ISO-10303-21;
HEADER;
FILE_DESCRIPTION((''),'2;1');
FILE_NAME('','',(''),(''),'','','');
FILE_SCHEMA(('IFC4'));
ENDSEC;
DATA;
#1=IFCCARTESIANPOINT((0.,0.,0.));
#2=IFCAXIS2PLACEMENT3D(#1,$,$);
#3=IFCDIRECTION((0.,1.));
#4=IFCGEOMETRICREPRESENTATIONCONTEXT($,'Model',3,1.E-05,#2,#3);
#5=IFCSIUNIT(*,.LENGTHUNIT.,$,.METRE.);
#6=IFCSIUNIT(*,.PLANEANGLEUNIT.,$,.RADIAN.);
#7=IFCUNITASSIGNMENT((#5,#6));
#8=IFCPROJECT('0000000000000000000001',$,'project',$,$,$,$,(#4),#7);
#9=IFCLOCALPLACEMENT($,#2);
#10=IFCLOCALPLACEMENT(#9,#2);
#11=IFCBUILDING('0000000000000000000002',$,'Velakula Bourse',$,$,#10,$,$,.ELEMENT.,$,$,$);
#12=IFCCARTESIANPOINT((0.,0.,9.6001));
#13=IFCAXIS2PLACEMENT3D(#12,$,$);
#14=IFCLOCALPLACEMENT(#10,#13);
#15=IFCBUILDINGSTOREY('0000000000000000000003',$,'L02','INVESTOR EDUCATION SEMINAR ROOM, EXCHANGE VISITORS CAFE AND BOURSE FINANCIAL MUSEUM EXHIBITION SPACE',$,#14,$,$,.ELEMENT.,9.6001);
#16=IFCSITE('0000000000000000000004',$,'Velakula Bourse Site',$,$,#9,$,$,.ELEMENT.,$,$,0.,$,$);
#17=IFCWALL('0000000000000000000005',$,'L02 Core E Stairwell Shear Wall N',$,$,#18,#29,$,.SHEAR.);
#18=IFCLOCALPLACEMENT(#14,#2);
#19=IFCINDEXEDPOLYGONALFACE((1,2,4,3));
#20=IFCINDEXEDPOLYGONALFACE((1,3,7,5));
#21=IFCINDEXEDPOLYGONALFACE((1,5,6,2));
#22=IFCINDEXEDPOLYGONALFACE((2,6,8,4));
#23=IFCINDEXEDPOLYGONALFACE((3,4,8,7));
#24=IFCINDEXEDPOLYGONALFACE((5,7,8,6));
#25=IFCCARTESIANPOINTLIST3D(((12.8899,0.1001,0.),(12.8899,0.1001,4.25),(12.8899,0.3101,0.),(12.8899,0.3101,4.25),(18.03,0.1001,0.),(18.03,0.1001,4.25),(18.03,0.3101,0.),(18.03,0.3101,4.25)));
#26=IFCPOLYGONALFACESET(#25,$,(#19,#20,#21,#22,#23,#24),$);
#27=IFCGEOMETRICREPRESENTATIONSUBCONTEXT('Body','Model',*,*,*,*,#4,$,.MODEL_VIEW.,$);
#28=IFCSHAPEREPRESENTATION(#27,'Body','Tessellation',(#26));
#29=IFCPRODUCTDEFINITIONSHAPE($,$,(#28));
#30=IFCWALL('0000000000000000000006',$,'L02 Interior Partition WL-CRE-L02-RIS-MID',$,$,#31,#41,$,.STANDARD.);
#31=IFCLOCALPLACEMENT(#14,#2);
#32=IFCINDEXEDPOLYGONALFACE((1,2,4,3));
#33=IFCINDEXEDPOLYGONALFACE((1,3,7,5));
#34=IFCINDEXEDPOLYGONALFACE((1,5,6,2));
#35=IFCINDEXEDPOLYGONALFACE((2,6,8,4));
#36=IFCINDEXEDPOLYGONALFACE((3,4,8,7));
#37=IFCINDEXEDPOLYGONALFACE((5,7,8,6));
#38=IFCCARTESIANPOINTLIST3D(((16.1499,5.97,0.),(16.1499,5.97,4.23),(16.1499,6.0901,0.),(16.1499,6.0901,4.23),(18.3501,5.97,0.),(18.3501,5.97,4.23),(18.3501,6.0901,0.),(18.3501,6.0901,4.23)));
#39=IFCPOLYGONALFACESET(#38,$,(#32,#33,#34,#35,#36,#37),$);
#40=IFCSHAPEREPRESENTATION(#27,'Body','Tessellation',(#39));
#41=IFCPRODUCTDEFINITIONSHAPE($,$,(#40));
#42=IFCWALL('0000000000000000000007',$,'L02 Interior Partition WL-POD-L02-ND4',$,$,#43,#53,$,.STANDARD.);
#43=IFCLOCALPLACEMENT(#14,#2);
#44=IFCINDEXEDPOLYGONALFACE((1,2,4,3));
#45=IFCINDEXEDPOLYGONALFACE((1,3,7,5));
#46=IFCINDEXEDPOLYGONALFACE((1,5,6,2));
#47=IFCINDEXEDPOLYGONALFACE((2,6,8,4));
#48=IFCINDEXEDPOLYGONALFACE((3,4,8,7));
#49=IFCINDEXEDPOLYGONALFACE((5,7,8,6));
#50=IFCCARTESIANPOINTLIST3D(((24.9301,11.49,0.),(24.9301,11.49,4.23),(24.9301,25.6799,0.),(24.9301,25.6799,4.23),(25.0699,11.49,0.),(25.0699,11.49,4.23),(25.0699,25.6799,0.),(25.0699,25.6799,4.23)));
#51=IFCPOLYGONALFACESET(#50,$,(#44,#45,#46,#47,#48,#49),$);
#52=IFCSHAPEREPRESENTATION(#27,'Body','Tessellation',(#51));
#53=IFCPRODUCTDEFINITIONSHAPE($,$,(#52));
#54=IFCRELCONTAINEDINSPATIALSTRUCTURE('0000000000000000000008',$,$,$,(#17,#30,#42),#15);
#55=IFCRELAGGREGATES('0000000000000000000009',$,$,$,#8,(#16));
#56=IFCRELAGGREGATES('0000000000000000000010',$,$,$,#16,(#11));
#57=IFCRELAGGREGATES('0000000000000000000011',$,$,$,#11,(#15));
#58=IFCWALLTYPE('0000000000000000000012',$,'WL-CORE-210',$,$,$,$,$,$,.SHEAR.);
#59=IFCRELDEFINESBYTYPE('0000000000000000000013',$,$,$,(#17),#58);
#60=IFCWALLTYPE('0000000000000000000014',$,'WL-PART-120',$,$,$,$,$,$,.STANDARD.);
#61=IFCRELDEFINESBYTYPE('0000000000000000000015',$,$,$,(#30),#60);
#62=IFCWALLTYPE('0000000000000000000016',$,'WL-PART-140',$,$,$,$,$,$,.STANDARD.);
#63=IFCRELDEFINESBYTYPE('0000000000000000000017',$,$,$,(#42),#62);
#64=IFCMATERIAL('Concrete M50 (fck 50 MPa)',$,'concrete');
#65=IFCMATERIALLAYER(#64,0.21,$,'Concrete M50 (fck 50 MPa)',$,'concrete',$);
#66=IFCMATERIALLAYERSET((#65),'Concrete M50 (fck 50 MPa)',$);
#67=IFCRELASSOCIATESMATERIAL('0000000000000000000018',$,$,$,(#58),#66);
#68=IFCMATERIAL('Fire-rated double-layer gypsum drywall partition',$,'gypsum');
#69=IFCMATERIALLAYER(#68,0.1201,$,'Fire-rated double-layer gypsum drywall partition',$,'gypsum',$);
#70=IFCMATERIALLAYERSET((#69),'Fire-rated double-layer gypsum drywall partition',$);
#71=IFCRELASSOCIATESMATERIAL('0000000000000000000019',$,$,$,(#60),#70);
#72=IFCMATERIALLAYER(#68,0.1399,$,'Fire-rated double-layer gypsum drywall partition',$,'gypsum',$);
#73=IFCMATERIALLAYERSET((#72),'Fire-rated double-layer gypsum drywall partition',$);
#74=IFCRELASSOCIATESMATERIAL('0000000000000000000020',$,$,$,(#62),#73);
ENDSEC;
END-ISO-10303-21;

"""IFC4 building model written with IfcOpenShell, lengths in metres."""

from ifc_helpers import new_model, si_unit, direction, frame, frame_2d, origin, place, context, subcontext, project, spatial, rectangle, extrude, material, layer, layer_set, type_object, element, save


model = new_model("IFC4")

# Units and contexts
model_context = context("Model", 3, precision=1e-05, world=origin(), true_north=direction((0.0, 1.0)))
body_context = subcontext(model_context, "Body", "Model", "MODEL_VIEW")
ifc_project = project(units=[si_unit("LENGTHUNIT", "METRE"), si_unit("PLANEANGLEUNIT", "RADIAN")], contexts=[model_context])

# Site, building, storey
site_placement = place(None, origin())
site = spatial("IfcSite", under=ifc_project, at=site_placement, Name="Velakula Bourse Site", CompositionType="ELEMENT", RefElevation=0.0)
building_placement = place(site_placement, origin())
building = spatial("IfcBuilding", under=site, at=building_placement, Name="Velakula Bourse", CompositionType="ELEMENT")
storey_placement = place(building_placement, frame((0.0, 0.0, 9.6001)))
storey = spatial("IfcBuildingStorey", under=building, at=storey_placement, Name="L02", Description="INVESTOR EDUCATION SEMINAR ROOM, EXCHANGE VISITORS CAFE AND BOURSE FINANCIAL MUSEUM EXHIBITION SPACE", CompositionType="ELEMENT", Elevation=9.6001)

# Walls
ifc_material_1 = material(Name="Concrete M50 (fck 50 MPa)", Category="concrete")
ifc_layer_1 = layer(ifc_material_1, 0.21, Name="Concrete M50 (fck 50 MPa)", Category="concrete")
ifc_layer_set_1 = layer_set([ifc_layer_1], Name="Concrete M50 (fck 50 MPa)")
wall_type_1 = type_object("IfcWallType", Name="WL-CORE-210", PredefinedType="SHEAR", material=ifc_layer_set_1)
wall_1_placement = place(storey_placement, frame((18.03, 0.2051, 0.0), z_axis=(0.0, 0.0, 1.0), x_axis=(-1.0, 0.0, 0.0)))
element("IfcWall", 1, at=wall_1_placement, inside=storey, type_object=wall_type_1, Name="L02 Core E Stairwell Shear Wall N", PredefinedType="SHEAR", context=body_context, shape_type="SweptSolid", body=[
    extrude(rectangle(XDim=5.1401, YDim=0.21, at=frame_2d((2.5701, 0.0))), origin(), (0.0, 0.0, 1.0), 4.25),
])
ifc_material_2 = material(Name="Fire-rated double-layer gypsum drywall partition", Category="gypsum")
ifc_layer_2 = layer(ifc_material_2, 0.1201, Name="Fire-rated double-layer gypsum drywall partition", Category="gypsum")
ifc_layer_set_2 = layer_set([ifc_layer_2], Name="Fire-rated double-layer gypsum drywall partition")
wall_type_2 = type_object("IfcWallType", Name="WL-PART-120", PredefinedType="STANDARD", material=ifc_layer_set_2)
wall_2_placement = place(storey_placement, frame((16.1499, 6.03, 0.0), z_axis=(0.0, 0.0, 1.0), x_axis=(1.0, 0.0, 0.0)))
element("IfcWall", 2, at=wall_2_placement, inside=storey, type_object=wall_type_2, Name="L02 Interior Partition WL-CRE-L02-RIS-MID", PredefinedType="STANDARD", context=body_context, shape_type="SweptSolid", body=[
    extrude(rectangle(XDim=2.2002, YDim=0.1201, at=frame_2d((1.1001, 0.0))), origin(), (0.0, 0.0, 1.0), 4.23),
])
ifc_layer_3 = layer(ifc_material_2, 0.1399, Name="Fire-rated double-layer gypsum drywall partition", Category="gypsum")
ifc_layer_set_3 = layer_set([ifc_layer_3], Name="Fire-rated double-layer gypsum drywall partition")
wall_type_3 = type_object("IfcWallType", Name="WL-PART-140", PredefinedType="STANDARD", material=ifc_layer_set_3)
wall_3_placement = place(storey_placement, frame((25.0, 11.49, 0.0), z_axis=(0.0, 0.0, 1.0), x_axis=(0.0, 1.0, 0.0)))
element("IfcWall", 3, at=wall_3_placement, inside=storey, type_object=wall_type_3, Name="L02 Interior Partition WL-POD-L02-ND4", PredefinedType="STANDARD", context=body_context, shape_type="SweptSolid", body=[
    extrude(rectangle(XDim=14.1899, YDim=0.1399, at=frame_2d((7.095, 0.0))), origin(), (0.0, 0.0, 1.0), 4.23),
])

save(model, "model.ifc")
